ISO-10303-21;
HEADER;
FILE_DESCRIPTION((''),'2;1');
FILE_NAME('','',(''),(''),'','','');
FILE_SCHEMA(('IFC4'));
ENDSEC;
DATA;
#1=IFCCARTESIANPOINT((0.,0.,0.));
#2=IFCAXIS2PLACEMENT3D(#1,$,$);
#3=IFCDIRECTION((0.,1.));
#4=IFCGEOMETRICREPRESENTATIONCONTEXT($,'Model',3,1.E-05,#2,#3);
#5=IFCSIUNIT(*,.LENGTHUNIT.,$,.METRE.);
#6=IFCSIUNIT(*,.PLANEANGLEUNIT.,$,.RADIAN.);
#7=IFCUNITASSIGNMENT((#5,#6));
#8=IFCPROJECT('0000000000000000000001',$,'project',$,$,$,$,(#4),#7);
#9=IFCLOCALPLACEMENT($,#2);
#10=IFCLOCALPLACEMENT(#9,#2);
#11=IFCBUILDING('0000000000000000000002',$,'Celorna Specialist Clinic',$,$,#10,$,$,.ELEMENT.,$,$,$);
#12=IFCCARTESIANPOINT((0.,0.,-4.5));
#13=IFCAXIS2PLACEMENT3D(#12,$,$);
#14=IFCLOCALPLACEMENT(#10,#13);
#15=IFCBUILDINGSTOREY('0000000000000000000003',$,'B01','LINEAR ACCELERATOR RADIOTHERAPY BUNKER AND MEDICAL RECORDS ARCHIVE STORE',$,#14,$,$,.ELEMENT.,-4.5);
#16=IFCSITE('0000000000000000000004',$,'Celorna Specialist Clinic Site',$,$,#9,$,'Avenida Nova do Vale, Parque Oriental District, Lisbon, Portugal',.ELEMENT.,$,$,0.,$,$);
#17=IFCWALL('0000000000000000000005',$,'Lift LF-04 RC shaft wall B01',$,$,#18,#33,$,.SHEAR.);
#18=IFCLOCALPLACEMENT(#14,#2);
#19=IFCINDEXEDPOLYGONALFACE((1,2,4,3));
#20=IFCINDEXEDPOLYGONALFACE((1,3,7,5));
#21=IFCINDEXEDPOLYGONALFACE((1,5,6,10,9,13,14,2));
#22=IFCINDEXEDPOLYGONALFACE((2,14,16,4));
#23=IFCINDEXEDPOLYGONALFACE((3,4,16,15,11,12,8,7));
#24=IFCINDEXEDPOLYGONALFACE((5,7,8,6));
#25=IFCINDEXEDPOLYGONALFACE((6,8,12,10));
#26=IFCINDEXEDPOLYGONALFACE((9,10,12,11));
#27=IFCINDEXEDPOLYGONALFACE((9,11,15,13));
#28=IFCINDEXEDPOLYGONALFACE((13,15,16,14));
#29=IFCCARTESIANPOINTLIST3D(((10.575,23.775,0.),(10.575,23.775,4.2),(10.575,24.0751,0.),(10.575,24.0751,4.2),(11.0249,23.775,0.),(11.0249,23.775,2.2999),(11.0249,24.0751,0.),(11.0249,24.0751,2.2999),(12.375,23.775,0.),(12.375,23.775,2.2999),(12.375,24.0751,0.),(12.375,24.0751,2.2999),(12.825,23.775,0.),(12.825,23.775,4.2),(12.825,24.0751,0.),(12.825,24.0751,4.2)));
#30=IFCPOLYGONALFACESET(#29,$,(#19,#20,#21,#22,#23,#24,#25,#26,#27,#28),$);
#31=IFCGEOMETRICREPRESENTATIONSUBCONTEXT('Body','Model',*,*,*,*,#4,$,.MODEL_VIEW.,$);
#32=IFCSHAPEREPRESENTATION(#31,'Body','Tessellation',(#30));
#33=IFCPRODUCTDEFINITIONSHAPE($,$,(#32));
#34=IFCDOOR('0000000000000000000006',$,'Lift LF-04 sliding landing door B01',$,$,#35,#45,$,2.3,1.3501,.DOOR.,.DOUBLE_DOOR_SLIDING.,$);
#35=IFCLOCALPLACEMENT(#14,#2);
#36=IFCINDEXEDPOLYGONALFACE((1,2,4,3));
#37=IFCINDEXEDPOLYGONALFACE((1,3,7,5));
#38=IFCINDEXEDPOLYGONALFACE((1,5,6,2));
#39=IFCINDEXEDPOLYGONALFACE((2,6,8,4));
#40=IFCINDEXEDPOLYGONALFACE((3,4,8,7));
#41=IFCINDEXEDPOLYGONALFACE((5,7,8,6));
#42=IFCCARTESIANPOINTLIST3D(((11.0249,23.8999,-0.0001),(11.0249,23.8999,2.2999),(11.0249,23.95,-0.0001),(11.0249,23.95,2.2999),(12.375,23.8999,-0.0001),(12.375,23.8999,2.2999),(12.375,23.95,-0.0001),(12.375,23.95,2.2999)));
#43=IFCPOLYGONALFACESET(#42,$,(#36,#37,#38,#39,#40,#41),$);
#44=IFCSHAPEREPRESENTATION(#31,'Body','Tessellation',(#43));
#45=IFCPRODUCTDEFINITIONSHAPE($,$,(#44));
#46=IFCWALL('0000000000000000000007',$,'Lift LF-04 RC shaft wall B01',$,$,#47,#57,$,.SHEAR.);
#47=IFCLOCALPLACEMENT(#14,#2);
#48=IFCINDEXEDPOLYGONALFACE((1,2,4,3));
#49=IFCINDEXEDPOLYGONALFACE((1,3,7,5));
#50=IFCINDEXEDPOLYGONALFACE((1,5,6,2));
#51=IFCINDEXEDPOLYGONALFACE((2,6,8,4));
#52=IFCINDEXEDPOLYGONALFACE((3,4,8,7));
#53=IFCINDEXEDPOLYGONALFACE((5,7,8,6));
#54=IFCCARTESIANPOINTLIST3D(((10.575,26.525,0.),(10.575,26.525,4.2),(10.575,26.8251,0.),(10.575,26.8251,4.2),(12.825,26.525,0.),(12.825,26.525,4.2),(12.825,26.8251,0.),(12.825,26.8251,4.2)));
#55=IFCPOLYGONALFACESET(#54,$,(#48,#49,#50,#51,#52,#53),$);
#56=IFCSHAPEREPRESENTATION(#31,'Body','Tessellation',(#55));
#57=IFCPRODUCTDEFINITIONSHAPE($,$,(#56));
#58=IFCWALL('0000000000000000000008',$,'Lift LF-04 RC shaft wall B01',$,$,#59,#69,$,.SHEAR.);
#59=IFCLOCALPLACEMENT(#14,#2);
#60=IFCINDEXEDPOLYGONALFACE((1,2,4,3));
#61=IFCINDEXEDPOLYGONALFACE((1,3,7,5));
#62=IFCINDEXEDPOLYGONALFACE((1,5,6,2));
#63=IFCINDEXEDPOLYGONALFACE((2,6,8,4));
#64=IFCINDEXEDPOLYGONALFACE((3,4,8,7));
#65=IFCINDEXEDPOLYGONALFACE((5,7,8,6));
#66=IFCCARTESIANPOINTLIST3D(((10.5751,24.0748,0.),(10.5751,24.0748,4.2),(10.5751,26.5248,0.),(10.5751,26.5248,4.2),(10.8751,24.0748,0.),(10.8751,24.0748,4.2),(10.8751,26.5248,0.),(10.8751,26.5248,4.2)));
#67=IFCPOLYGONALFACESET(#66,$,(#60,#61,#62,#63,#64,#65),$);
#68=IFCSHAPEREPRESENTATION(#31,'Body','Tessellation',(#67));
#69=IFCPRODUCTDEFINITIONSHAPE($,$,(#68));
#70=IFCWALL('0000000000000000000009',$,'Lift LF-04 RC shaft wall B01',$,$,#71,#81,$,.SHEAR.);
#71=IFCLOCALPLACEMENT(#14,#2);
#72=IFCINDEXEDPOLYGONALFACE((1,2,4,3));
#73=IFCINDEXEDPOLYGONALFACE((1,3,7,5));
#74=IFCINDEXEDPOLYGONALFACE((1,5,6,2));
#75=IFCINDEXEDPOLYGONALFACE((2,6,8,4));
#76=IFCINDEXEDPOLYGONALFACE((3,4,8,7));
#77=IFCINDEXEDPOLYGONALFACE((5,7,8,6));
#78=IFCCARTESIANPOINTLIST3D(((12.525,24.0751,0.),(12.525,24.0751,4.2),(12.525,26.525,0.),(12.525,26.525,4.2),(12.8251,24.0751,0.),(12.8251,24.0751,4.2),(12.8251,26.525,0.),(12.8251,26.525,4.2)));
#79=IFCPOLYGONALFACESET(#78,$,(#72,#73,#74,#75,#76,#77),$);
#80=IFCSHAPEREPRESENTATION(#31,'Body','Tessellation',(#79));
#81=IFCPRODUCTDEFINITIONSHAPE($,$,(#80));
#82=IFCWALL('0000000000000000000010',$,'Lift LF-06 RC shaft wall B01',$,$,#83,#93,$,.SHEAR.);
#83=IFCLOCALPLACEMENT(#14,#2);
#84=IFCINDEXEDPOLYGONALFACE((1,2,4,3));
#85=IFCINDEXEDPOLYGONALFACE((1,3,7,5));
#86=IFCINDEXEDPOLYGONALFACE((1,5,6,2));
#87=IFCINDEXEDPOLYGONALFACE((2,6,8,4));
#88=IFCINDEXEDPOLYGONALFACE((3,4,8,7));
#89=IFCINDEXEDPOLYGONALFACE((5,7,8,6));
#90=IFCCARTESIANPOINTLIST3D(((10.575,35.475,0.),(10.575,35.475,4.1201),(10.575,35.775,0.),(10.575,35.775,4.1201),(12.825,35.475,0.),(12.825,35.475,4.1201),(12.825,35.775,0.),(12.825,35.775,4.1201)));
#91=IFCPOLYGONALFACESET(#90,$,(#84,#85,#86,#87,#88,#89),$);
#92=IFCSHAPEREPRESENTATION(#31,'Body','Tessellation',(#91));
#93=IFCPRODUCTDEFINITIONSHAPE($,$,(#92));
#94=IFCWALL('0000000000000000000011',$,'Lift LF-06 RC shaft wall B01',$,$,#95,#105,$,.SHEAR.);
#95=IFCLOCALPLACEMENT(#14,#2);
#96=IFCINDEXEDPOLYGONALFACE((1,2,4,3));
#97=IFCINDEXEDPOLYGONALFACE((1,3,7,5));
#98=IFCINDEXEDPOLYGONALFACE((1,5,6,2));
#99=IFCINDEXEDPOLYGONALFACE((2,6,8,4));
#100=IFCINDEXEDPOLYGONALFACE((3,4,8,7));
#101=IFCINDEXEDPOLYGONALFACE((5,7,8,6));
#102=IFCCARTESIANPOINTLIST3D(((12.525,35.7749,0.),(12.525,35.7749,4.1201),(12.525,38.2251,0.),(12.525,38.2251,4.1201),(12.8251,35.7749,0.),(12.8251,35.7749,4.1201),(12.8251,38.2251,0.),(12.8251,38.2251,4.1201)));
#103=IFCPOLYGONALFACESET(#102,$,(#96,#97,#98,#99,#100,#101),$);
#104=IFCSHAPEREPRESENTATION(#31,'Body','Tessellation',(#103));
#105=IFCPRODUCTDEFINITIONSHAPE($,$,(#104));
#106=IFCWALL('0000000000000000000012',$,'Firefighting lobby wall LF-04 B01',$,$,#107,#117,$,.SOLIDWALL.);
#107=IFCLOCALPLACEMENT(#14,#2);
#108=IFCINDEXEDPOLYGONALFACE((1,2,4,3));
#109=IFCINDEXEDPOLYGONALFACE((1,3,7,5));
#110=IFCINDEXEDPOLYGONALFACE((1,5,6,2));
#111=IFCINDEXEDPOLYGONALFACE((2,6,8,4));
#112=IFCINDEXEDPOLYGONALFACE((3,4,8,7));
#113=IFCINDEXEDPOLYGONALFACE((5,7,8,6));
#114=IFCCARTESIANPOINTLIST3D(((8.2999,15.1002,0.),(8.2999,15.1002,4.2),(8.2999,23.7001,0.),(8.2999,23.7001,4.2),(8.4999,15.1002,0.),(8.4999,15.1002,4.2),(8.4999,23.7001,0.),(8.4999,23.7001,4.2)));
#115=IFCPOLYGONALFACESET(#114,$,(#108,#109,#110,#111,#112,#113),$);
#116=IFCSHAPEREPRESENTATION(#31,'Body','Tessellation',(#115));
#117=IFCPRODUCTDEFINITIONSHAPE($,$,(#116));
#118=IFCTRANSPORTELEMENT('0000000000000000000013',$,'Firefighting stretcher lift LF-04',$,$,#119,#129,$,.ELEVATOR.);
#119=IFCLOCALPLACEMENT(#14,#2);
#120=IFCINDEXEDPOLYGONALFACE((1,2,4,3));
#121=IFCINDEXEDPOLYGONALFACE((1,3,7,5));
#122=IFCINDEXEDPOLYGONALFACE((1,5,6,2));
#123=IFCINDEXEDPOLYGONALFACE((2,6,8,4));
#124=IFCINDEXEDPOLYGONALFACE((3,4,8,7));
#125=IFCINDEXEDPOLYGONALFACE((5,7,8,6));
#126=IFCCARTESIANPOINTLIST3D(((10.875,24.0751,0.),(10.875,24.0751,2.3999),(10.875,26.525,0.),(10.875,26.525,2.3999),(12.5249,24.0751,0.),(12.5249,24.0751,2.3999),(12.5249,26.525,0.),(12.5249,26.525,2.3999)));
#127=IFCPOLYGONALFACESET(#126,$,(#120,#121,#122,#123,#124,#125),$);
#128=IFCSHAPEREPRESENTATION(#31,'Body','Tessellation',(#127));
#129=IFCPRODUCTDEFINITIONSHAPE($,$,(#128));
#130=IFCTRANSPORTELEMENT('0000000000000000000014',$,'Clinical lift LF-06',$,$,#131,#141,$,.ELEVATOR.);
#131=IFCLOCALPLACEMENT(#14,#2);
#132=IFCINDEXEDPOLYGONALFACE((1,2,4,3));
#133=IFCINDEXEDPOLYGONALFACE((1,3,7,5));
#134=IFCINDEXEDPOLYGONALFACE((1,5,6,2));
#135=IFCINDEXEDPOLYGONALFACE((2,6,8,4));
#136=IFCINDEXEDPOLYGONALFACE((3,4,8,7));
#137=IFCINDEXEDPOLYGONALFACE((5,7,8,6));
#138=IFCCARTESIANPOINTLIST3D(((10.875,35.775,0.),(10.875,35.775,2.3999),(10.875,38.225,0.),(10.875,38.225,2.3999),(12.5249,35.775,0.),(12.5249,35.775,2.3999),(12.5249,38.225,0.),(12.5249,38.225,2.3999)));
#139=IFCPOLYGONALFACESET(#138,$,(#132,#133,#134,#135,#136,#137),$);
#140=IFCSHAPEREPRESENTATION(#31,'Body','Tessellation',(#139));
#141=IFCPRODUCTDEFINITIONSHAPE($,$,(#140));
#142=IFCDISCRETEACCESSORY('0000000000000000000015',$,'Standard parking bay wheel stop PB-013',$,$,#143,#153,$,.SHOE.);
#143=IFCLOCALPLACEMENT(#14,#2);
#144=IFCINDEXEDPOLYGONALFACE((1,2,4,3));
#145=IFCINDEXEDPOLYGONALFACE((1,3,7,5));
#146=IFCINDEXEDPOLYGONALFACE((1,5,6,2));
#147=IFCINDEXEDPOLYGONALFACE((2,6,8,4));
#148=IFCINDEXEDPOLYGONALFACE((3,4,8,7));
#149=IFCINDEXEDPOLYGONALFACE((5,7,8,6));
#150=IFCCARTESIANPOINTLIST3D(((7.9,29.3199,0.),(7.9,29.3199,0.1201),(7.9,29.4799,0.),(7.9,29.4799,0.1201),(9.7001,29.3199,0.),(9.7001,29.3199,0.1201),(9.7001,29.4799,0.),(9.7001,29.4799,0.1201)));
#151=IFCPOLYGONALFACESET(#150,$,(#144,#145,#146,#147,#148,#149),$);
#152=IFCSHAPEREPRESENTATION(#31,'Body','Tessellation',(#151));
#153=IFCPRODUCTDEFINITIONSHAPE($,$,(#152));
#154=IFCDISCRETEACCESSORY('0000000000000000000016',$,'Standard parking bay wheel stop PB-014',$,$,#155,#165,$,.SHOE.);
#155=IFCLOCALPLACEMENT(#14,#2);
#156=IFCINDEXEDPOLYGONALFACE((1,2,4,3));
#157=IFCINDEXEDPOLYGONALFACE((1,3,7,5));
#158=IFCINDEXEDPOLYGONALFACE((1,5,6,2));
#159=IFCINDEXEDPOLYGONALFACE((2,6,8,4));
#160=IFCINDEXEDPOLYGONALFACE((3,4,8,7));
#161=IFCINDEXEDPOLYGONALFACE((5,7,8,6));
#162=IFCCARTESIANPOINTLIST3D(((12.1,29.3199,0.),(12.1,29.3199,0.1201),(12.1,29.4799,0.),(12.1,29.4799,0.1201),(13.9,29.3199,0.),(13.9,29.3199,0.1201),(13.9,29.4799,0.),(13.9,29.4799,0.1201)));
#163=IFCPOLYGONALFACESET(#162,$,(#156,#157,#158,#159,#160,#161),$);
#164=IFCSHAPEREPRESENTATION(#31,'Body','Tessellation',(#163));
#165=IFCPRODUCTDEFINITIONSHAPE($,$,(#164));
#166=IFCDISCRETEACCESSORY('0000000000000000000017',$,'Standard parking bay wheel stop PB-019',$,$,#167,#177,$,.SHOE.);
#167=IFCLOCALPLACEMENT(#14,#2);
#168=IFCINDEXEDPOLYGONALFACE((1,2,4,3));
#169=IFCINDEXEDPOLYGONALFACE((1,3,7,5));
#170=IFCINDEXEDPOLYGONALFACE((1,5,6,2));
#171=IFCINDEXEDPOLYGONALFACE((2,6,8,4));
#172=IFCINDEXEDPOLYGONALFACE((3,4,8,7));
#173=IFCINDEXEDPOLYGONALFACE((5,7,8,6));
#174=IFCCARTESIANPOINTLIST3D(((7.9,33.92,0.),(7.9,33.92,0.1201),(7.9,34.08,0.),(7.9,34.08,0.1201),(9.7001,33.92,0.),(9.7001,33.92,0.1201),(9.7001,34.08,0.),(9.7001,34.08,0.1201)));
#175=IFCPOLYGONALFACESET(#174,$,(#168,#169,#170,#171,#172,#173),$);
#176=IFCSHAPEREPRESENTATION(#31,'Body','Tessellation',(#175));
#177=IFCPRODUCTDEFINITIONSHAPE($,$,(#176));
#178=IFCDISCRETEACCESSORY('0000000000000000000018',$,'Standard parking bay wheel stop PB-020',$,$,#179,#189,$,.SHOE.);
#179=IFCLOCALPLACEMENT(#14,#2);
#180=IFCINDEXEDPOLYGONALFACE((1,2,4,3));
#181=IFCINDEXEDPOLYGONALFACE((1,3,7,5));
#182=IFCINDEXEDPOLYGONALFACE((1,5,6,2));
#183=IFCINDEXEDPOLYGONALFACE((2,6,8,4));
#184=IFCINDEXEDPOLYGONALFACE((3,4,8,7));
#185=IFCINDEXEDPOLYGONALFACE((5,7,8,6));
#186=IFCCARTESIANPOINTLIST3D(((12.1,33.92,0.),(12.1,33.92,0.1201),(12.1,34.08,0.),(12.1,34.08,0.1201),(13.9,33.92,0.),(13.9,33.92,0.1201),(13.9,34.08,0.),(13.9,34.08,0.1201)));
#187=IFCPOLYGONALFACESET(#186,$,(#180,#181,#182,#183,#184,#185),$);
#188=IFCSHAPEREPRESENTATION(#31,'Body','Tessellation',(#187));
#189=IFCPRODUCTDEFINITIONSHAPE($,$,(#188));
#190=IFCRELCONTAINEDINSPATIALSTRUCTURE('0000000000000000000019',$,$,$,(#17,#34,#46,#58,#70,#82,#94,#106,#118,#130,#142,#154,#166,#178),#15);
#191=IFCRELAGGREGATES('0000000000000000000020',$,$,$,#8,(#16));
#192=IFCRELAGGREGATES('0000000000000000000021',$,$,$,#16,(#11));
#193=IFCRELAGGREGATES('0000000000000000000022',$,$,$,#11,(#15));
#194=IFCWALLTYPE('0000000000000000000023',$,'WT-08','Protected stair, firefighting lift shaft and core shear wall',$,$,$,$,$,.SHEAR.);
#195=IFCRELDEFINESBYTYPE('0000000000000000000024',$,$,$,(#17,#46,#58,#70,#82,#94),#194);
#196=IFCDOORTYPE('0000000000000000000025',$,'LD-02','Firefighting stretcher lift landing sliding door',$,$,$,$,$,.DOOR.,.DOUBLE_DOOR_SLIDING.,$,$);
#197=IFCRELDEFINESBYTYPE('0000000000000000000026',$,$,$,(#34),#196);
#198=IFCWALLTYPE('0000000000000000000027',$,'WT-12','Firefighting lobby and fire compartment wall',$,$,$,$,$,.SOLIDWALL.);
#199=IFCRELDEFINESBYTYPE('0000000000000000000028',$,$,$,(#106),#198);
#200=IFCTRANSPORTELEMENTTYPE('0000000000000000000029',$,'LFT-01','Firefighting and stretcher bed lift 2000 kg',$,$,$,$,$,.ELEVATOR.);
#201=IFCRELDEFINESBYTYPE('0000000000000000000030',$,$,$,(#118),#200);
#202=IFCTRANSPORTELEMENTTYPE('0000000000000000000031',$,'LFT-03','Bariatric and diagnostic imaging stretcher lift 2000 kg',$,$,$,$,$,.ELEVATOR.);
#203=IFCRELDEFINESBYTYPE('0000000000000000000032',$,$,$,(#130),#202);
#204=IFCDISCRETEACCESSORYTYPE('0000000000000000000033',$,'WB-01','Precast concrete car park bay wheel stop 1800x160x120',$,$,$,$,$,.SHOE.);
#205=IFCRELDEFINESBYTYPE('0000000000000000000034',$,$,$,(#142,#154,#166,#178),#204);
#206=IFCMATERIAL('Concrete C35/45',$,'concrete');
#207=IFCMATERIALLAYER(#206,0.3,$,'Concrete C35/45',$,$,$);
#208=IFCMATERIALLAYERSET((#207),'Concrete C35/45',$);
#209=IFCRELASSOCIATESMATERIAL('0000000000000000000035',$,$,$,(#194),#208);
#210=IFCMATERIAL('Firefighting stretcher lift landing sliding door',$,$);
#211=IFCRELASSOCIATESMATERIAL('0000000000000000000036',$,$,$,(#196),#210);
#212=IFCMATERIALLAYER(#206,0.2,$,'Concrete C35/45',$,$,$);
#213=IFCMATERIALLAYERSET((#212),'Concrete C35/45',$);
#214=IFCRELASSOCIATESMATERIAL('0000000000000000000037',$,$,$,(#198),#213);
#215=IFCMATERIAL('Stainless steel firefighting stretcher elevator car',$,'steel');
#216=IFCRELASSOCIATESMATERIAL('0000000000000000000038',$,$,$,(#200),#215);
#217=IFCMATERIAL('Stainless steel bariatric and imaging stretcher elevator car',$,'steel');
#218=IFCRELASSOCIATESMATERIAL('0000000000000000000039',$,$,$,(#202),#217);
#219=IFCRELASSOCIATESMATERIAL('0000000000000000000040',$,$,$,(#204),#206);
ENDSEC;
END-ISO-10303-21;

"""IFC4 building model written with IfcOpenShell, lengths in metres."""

from ifc_helpers import new_model, si_unit, direction, frame, frame_2d, origin, origin_2d, place, context, subcontext, project, spatial, rectangle, extrude, material, layer, layer_set, type_object, element, fill, save


model = new_model("IFC4")

# Units and contexts
model_context = context("Model", 3, precision=1e-05, world=origin(), true_north=direction((0.0, 1.0)))
body_context = subcontext(model_context, "Body", "Model", "MODEL_VIEW")
ifc_project = project(units=[si_unit("LENGTHUNIT", "METRE"), si_unit("PLANEANGLEUNIT", "RADIAN")], contexts=[model_context])

# Site, building, storey
site_placement = place(None, origin())
site = spatial("IfcSite", under=ifc_project, at=site_placement, Name="Celorna Specialist Clinic Site", LongName="Avenida Nova do Vale, Parque Oriental District, Lisbon, Portugal", CompositionType="ELEMENT", RefElevation=0.0)
building_placement = place(site_placement, origin())
building = spatial("IfcBuilding", under=site, at=building_placement, Name="Celorna Specialist Clinic", CompositionType="ELEMENT")
storey_placement = place(building_placement, frame((0.0, 0.0, -4.5)))
storey = spatial("IfcBuildingStorey", under=building, at=storey_placement, Name="B01", Description="LINEAR ACCELERATOR RADIOTHERAPY BUNKER AND MEDICAL RECORDS ARCHIVE STORE", CompositionType="ELEMENT", Elevation=-4.5)

# Shared definitions
ifc_material_1 = material(Name="Concrete C35/45", Category="concrete")

# Wall, opening, door
ifc_layer_1 = layer(ifc_material_1, 0.3, Name="Concrete C35/45")
ifc_layer_set_1 = layer_set([ifc_layer_1], Name="Concrete C35/45")
wall_type_1 = type_object("IfcWallType", Name="WT-08", Description="Protected stair, firefighting lift shaft and core shear wall", PredefinedType="SHEAR", material=ifc_layer_set_1)
wall_1_placement = place(storey_placement, frame((10.575, 23.925, 0.0), z_axis=(0.0, 0.0, 1.0), x_axis=(1.0, 0.0, 0.0)))
wall_1 = element("IfcWall", 1, at=wall_1_placement, inside=storey, type_object=wall_type_1, Name="Lift LF-04 RC shaft wall B01", PredefinedType="SHEAR", context=body_context, shape_type="SweptSolid", body=[
    extrude(rectangle(XDim=2.25, YDim=0.3, at=frame_2d((1.125, 0.0))), origin(), (0.0, 0.0, 1.0), 4.2),
])
opening_placement = place(wall_1_placement, frame((0.45, 0.0, 0.0)))
opening = element("IfcOpeningElement", 2, at=opening_placement, cuts=wall_1, PredefinedType="OPENING", context=body_context, shape_type="SweptSolid", body=[
    extrude(rectangle(XDim=1.3501, YDim=2.3, at=frame_2d((0.675, 1.1499))), frame((0.0, 0.1599, 0.0), z_axis=(0.0, -1.0, 0.0), x_axis=(1.0, 0.0, 0.0)), (0.0, 0.0, 1.0), 0.3201),
])
ifc_material_2 = material(Name="Firefighting stretcher lift landing sliding door")
door_type = type_object("IfcDoorType", Name="LD-02", Description="Firefighting stretcher lift landing sliding door", OperationType="DOUBLE_DOOR_SLIDING", PredefinedType="DOOR", material=ifc_material_2)
door_placement = place(opening_placement, origin())
door = element("IfcDoor", 3, at=door_placement, inside=storey, type_object=door_type, Name="Lift LF-04 sliding landing door B01", OperationType="DOUBLE_DOOR_SLIDING", OverallHeight=2.3, OverallWidth=1.3501, PredefinedType="DOOR", context=body_context, shape_type="SweptSolid", body=[
    extrude(rectangle(XDim=1.3501, YDim=2.3, at=frame_2d((0.675, 1.1499))), frame((0.0, 0.0249, 0.0), z_axis=(0.0, -1.0, 0.0), x_axis=(1.0, 0.0, 0.0)), (0.0, 0.0, 1.0), 0.05),
])
fill(opening, door)

# Walls
wall_2_placement = place(storey_placement, frame((12.825, 26.675, 0.0), z_axis=(0.0, 0.0, 1.0), x_axis=(-1.0, 0.0, 0.0)))
element("IfcWall", 4, at=wall_2_placement, inside=storey, type_object=wall_type_1, Name="Lift LF-04 RC shaft wall B01", PredefinedType="SHEAR", context=body_context, shape_type="SweptSolid", body=[
    extrude(rectangle(XDim=2.25, YDim=0.3, at=frame_2d((1.125, 0.0))), origin(), (0.0, 0.0, 1.0), 4.2),
])
for number, where, z_axis, x_axis, name in (
    (5, (10.7251, 26.5249, 0.0), (0.0, 0.0, 1.0), (0.0, -1.0, 0.0), "Lift LF-04 RC shaft wall B01"),
    (6, (12.675, 24.075, 0.0), (0.0, 0.0, 1.0), (0.0, 1.0, 0.0), "Lift LF-04 RC shaft wall B01"),
):
    element("IfcWall", number, at=place(storey_placement, frame(where, z_axis=z_axis, x_axis=x_axis)), inside=storey, type_object=wall_type_1, Name=name, PredefinedType="SHEAR", context=body_context, shape_type="SweptSolid", body=[
        extrude(rectangle(XDim=2.45, YDim=0.3, at=frame_2d((1.2251, 0.0))), origin(), (0.0, 0.0, 1.0), 4.2),
    ])
wall_3_placement = place(storey_placement, frame((10.575, 35.625, 0.0), z_axis=(0.0, 0.0, 1.0), x_axis=(1.0, 0.0, 0.0)))
element("IfcWall", 7, at=wall_3_placement, inside=storey, type_object=wall_type_1, Name="Lift LF-06 RC shaft wall B01", PredefinedType="SHEAR", context=body_context, shape_type="SweptSolid", body=[
    extrude(rectangle(XDim=2.25, YDim=0.3, at=frame_2d((1.125, 0.0))), origin(), (0.0, 0.0, 1.0), 4.1201),
])
wall_4_placement = place(storey_placement, frame((12.675, 35.7749, 0.0), z_axis=(0.0, 0.0, 1.0), x_axis=(0.0, 1.0, 0.0)))
element("IfcWall", 8, at=wall_4_placement, inside=storey, type_object=wall_type_1, Name="Lift LF-06 RC shaft wall B01", PredefinedType="SHEAR", context=body_context, shape_type="SweptSolid", body=[
    extrude(rectangle(XDim=2.4502, YDim=0.3, at=frame_2d((1.2251, 0.0))), origin(), (0.0, 0.0, 1.0), 4.1201),
])
ifc_layer_2 = layer(ifc_material_1, 0.2, Name="Concrete C35/45")
ifc_layer_set_2 = layer_set([ifc_layer_2], Name="Concrete C35/45")
wall_type_2 = type_object("IfcWallType", Name="WT-12", Description="Firefighting lobby and fire compartment wall", PredefinedType="SOLIDWALL", material=ifc_layer_set_2)
wall_5_placement = place(storey_placement, frame((8.3999, 23.7, 0.0), z_axis=(0.0, 0.0, 1.0), x_axis=(0.0, -1.0, 0.0)))
element("IfcWall", 9, at=wall_5_placement, inside=storey, type_object=wall_type_2, Name="Firefighting lobby wall LF-04 B01", PredefinedType="SOLIDWALL", context=body_context, shape_type="SweptSolid", body=[
    extrude(rectangle(XDim=8.5999, YDim=0.2, at=frame_2d((4.2998, 0.0))), origin(), (0.0, 0.0, 1.0), 4.2),
])

# Transport elements
ifc_material_3 = material(Name="Stainless steel firefighting stretcher elevator car", Category="steel")
transport_element_type_1 = type_object("IfcTransportElementType", Name="LFT-01", Description="Firefighting and stretcher bed lift 2000 kg", PredefinedType="ELEVATOR", material=ifc_material_3)
transport_element_1_placement = place(storey_placement, frame((11.7, 25.3, 0.0), z_axis=(0.0, 0.0, 1.0), x_axis=(1.0, 0.0, 0.0)))
element("IfcTransportElement", 10, at=transport_element_1_placement, inside=storey, type_object=transport_element_type_1, Name="Firefighting stretcher lift LF-04", PredefinedType="ELEVATOR", context=body_context, shape_type="SweptSolid", body=[
    extrude(rectangle(XDim=1.6499, YDim=2.45, at=origin_2d()), origin(), (0.0, 0.0, 1.0), 2.3999),
])
ifc_material_4 = material(Name="Stainless steel bariatric and imaging stretcher elevator car", Category="steel")
transport_element_type_2 = type_object("IfcTransportElementType", Name="LFT-03", Description="Bariatric and diagnostic imaging stretcher lift 2000 kg", PredefinedType="ELEVATOR", material=ifc_material_4)
transport_element_2_placement = place(storey_placement, frame((11.7, 37.0, 0.0), z_axis=(0.0, 0.0, 1.0), x_axis=(1.0, 0.0, 0.0)))
element("IfcTransportElement", 11, at=transport_element_2_placement, inside=storey, type_object=transport_element_type_2, Name="Clinical lift LF-06", PredefinedType="ELEVATOR", context=body_context, shape_type="SweptSolid", body=[
    extrude(rectangle(XDim=1.6499, YDim=2.45, at=origin_2d()), origin(), (0.0, 0.0, 1.0), 2.3999),
])

# Discrete accessories
discrete_accessory_type = type_object("IfcDiscreteAccessoryType", Name="WB-01", Description="Precast concrete car park bay wheel stop 1800x160x120", PredefinedType="SHOE", material=ifc_material_1)
for number, where, z_axis, x_axis, name in (
    (12, (8.8, 29.3999, 0.0), (0.0, 0.0, 1.0), (1.0, 0.0, 0.0), "Standard parking bay wheel stop PB-013"),
    (13, (13.0, 29.3999, 0.0), (0.0, 0.0, 1.0), (1.0, 0.0, 0.0), "Standard parking bay wheel stop PB-014"),
    (14, (8.8, 34.0, 0.0), (0.0, 0.0, 1.0), (1.0, 0.0, 0.0), "Standard parking bay wheel stop PB-019"),
    (15, (13.0, 34.0, 0.0), (0.0, 0.0, 1.0), (1.0, 0.0, 0.0), "Standard parking bay wheel stop PB-020"),
):
    element("IfcDiscreteAccessory", number, at=place(storey_placement, frame(where, z_axis=z_axis, x_axis=x_axis)), inside=storey, type_object=discrete_accessory_type, Name=name, PredefinedType="SHOE", context=body_context, shape_type="SweptSolid", body=[
        extrude(rectangle(XDim=1.8, YDim=0.1599, at=origin_2d()), origin(), (0.0, 0.0, 1.0), 0.1201),
    ])

save(model, "model.ifc")
